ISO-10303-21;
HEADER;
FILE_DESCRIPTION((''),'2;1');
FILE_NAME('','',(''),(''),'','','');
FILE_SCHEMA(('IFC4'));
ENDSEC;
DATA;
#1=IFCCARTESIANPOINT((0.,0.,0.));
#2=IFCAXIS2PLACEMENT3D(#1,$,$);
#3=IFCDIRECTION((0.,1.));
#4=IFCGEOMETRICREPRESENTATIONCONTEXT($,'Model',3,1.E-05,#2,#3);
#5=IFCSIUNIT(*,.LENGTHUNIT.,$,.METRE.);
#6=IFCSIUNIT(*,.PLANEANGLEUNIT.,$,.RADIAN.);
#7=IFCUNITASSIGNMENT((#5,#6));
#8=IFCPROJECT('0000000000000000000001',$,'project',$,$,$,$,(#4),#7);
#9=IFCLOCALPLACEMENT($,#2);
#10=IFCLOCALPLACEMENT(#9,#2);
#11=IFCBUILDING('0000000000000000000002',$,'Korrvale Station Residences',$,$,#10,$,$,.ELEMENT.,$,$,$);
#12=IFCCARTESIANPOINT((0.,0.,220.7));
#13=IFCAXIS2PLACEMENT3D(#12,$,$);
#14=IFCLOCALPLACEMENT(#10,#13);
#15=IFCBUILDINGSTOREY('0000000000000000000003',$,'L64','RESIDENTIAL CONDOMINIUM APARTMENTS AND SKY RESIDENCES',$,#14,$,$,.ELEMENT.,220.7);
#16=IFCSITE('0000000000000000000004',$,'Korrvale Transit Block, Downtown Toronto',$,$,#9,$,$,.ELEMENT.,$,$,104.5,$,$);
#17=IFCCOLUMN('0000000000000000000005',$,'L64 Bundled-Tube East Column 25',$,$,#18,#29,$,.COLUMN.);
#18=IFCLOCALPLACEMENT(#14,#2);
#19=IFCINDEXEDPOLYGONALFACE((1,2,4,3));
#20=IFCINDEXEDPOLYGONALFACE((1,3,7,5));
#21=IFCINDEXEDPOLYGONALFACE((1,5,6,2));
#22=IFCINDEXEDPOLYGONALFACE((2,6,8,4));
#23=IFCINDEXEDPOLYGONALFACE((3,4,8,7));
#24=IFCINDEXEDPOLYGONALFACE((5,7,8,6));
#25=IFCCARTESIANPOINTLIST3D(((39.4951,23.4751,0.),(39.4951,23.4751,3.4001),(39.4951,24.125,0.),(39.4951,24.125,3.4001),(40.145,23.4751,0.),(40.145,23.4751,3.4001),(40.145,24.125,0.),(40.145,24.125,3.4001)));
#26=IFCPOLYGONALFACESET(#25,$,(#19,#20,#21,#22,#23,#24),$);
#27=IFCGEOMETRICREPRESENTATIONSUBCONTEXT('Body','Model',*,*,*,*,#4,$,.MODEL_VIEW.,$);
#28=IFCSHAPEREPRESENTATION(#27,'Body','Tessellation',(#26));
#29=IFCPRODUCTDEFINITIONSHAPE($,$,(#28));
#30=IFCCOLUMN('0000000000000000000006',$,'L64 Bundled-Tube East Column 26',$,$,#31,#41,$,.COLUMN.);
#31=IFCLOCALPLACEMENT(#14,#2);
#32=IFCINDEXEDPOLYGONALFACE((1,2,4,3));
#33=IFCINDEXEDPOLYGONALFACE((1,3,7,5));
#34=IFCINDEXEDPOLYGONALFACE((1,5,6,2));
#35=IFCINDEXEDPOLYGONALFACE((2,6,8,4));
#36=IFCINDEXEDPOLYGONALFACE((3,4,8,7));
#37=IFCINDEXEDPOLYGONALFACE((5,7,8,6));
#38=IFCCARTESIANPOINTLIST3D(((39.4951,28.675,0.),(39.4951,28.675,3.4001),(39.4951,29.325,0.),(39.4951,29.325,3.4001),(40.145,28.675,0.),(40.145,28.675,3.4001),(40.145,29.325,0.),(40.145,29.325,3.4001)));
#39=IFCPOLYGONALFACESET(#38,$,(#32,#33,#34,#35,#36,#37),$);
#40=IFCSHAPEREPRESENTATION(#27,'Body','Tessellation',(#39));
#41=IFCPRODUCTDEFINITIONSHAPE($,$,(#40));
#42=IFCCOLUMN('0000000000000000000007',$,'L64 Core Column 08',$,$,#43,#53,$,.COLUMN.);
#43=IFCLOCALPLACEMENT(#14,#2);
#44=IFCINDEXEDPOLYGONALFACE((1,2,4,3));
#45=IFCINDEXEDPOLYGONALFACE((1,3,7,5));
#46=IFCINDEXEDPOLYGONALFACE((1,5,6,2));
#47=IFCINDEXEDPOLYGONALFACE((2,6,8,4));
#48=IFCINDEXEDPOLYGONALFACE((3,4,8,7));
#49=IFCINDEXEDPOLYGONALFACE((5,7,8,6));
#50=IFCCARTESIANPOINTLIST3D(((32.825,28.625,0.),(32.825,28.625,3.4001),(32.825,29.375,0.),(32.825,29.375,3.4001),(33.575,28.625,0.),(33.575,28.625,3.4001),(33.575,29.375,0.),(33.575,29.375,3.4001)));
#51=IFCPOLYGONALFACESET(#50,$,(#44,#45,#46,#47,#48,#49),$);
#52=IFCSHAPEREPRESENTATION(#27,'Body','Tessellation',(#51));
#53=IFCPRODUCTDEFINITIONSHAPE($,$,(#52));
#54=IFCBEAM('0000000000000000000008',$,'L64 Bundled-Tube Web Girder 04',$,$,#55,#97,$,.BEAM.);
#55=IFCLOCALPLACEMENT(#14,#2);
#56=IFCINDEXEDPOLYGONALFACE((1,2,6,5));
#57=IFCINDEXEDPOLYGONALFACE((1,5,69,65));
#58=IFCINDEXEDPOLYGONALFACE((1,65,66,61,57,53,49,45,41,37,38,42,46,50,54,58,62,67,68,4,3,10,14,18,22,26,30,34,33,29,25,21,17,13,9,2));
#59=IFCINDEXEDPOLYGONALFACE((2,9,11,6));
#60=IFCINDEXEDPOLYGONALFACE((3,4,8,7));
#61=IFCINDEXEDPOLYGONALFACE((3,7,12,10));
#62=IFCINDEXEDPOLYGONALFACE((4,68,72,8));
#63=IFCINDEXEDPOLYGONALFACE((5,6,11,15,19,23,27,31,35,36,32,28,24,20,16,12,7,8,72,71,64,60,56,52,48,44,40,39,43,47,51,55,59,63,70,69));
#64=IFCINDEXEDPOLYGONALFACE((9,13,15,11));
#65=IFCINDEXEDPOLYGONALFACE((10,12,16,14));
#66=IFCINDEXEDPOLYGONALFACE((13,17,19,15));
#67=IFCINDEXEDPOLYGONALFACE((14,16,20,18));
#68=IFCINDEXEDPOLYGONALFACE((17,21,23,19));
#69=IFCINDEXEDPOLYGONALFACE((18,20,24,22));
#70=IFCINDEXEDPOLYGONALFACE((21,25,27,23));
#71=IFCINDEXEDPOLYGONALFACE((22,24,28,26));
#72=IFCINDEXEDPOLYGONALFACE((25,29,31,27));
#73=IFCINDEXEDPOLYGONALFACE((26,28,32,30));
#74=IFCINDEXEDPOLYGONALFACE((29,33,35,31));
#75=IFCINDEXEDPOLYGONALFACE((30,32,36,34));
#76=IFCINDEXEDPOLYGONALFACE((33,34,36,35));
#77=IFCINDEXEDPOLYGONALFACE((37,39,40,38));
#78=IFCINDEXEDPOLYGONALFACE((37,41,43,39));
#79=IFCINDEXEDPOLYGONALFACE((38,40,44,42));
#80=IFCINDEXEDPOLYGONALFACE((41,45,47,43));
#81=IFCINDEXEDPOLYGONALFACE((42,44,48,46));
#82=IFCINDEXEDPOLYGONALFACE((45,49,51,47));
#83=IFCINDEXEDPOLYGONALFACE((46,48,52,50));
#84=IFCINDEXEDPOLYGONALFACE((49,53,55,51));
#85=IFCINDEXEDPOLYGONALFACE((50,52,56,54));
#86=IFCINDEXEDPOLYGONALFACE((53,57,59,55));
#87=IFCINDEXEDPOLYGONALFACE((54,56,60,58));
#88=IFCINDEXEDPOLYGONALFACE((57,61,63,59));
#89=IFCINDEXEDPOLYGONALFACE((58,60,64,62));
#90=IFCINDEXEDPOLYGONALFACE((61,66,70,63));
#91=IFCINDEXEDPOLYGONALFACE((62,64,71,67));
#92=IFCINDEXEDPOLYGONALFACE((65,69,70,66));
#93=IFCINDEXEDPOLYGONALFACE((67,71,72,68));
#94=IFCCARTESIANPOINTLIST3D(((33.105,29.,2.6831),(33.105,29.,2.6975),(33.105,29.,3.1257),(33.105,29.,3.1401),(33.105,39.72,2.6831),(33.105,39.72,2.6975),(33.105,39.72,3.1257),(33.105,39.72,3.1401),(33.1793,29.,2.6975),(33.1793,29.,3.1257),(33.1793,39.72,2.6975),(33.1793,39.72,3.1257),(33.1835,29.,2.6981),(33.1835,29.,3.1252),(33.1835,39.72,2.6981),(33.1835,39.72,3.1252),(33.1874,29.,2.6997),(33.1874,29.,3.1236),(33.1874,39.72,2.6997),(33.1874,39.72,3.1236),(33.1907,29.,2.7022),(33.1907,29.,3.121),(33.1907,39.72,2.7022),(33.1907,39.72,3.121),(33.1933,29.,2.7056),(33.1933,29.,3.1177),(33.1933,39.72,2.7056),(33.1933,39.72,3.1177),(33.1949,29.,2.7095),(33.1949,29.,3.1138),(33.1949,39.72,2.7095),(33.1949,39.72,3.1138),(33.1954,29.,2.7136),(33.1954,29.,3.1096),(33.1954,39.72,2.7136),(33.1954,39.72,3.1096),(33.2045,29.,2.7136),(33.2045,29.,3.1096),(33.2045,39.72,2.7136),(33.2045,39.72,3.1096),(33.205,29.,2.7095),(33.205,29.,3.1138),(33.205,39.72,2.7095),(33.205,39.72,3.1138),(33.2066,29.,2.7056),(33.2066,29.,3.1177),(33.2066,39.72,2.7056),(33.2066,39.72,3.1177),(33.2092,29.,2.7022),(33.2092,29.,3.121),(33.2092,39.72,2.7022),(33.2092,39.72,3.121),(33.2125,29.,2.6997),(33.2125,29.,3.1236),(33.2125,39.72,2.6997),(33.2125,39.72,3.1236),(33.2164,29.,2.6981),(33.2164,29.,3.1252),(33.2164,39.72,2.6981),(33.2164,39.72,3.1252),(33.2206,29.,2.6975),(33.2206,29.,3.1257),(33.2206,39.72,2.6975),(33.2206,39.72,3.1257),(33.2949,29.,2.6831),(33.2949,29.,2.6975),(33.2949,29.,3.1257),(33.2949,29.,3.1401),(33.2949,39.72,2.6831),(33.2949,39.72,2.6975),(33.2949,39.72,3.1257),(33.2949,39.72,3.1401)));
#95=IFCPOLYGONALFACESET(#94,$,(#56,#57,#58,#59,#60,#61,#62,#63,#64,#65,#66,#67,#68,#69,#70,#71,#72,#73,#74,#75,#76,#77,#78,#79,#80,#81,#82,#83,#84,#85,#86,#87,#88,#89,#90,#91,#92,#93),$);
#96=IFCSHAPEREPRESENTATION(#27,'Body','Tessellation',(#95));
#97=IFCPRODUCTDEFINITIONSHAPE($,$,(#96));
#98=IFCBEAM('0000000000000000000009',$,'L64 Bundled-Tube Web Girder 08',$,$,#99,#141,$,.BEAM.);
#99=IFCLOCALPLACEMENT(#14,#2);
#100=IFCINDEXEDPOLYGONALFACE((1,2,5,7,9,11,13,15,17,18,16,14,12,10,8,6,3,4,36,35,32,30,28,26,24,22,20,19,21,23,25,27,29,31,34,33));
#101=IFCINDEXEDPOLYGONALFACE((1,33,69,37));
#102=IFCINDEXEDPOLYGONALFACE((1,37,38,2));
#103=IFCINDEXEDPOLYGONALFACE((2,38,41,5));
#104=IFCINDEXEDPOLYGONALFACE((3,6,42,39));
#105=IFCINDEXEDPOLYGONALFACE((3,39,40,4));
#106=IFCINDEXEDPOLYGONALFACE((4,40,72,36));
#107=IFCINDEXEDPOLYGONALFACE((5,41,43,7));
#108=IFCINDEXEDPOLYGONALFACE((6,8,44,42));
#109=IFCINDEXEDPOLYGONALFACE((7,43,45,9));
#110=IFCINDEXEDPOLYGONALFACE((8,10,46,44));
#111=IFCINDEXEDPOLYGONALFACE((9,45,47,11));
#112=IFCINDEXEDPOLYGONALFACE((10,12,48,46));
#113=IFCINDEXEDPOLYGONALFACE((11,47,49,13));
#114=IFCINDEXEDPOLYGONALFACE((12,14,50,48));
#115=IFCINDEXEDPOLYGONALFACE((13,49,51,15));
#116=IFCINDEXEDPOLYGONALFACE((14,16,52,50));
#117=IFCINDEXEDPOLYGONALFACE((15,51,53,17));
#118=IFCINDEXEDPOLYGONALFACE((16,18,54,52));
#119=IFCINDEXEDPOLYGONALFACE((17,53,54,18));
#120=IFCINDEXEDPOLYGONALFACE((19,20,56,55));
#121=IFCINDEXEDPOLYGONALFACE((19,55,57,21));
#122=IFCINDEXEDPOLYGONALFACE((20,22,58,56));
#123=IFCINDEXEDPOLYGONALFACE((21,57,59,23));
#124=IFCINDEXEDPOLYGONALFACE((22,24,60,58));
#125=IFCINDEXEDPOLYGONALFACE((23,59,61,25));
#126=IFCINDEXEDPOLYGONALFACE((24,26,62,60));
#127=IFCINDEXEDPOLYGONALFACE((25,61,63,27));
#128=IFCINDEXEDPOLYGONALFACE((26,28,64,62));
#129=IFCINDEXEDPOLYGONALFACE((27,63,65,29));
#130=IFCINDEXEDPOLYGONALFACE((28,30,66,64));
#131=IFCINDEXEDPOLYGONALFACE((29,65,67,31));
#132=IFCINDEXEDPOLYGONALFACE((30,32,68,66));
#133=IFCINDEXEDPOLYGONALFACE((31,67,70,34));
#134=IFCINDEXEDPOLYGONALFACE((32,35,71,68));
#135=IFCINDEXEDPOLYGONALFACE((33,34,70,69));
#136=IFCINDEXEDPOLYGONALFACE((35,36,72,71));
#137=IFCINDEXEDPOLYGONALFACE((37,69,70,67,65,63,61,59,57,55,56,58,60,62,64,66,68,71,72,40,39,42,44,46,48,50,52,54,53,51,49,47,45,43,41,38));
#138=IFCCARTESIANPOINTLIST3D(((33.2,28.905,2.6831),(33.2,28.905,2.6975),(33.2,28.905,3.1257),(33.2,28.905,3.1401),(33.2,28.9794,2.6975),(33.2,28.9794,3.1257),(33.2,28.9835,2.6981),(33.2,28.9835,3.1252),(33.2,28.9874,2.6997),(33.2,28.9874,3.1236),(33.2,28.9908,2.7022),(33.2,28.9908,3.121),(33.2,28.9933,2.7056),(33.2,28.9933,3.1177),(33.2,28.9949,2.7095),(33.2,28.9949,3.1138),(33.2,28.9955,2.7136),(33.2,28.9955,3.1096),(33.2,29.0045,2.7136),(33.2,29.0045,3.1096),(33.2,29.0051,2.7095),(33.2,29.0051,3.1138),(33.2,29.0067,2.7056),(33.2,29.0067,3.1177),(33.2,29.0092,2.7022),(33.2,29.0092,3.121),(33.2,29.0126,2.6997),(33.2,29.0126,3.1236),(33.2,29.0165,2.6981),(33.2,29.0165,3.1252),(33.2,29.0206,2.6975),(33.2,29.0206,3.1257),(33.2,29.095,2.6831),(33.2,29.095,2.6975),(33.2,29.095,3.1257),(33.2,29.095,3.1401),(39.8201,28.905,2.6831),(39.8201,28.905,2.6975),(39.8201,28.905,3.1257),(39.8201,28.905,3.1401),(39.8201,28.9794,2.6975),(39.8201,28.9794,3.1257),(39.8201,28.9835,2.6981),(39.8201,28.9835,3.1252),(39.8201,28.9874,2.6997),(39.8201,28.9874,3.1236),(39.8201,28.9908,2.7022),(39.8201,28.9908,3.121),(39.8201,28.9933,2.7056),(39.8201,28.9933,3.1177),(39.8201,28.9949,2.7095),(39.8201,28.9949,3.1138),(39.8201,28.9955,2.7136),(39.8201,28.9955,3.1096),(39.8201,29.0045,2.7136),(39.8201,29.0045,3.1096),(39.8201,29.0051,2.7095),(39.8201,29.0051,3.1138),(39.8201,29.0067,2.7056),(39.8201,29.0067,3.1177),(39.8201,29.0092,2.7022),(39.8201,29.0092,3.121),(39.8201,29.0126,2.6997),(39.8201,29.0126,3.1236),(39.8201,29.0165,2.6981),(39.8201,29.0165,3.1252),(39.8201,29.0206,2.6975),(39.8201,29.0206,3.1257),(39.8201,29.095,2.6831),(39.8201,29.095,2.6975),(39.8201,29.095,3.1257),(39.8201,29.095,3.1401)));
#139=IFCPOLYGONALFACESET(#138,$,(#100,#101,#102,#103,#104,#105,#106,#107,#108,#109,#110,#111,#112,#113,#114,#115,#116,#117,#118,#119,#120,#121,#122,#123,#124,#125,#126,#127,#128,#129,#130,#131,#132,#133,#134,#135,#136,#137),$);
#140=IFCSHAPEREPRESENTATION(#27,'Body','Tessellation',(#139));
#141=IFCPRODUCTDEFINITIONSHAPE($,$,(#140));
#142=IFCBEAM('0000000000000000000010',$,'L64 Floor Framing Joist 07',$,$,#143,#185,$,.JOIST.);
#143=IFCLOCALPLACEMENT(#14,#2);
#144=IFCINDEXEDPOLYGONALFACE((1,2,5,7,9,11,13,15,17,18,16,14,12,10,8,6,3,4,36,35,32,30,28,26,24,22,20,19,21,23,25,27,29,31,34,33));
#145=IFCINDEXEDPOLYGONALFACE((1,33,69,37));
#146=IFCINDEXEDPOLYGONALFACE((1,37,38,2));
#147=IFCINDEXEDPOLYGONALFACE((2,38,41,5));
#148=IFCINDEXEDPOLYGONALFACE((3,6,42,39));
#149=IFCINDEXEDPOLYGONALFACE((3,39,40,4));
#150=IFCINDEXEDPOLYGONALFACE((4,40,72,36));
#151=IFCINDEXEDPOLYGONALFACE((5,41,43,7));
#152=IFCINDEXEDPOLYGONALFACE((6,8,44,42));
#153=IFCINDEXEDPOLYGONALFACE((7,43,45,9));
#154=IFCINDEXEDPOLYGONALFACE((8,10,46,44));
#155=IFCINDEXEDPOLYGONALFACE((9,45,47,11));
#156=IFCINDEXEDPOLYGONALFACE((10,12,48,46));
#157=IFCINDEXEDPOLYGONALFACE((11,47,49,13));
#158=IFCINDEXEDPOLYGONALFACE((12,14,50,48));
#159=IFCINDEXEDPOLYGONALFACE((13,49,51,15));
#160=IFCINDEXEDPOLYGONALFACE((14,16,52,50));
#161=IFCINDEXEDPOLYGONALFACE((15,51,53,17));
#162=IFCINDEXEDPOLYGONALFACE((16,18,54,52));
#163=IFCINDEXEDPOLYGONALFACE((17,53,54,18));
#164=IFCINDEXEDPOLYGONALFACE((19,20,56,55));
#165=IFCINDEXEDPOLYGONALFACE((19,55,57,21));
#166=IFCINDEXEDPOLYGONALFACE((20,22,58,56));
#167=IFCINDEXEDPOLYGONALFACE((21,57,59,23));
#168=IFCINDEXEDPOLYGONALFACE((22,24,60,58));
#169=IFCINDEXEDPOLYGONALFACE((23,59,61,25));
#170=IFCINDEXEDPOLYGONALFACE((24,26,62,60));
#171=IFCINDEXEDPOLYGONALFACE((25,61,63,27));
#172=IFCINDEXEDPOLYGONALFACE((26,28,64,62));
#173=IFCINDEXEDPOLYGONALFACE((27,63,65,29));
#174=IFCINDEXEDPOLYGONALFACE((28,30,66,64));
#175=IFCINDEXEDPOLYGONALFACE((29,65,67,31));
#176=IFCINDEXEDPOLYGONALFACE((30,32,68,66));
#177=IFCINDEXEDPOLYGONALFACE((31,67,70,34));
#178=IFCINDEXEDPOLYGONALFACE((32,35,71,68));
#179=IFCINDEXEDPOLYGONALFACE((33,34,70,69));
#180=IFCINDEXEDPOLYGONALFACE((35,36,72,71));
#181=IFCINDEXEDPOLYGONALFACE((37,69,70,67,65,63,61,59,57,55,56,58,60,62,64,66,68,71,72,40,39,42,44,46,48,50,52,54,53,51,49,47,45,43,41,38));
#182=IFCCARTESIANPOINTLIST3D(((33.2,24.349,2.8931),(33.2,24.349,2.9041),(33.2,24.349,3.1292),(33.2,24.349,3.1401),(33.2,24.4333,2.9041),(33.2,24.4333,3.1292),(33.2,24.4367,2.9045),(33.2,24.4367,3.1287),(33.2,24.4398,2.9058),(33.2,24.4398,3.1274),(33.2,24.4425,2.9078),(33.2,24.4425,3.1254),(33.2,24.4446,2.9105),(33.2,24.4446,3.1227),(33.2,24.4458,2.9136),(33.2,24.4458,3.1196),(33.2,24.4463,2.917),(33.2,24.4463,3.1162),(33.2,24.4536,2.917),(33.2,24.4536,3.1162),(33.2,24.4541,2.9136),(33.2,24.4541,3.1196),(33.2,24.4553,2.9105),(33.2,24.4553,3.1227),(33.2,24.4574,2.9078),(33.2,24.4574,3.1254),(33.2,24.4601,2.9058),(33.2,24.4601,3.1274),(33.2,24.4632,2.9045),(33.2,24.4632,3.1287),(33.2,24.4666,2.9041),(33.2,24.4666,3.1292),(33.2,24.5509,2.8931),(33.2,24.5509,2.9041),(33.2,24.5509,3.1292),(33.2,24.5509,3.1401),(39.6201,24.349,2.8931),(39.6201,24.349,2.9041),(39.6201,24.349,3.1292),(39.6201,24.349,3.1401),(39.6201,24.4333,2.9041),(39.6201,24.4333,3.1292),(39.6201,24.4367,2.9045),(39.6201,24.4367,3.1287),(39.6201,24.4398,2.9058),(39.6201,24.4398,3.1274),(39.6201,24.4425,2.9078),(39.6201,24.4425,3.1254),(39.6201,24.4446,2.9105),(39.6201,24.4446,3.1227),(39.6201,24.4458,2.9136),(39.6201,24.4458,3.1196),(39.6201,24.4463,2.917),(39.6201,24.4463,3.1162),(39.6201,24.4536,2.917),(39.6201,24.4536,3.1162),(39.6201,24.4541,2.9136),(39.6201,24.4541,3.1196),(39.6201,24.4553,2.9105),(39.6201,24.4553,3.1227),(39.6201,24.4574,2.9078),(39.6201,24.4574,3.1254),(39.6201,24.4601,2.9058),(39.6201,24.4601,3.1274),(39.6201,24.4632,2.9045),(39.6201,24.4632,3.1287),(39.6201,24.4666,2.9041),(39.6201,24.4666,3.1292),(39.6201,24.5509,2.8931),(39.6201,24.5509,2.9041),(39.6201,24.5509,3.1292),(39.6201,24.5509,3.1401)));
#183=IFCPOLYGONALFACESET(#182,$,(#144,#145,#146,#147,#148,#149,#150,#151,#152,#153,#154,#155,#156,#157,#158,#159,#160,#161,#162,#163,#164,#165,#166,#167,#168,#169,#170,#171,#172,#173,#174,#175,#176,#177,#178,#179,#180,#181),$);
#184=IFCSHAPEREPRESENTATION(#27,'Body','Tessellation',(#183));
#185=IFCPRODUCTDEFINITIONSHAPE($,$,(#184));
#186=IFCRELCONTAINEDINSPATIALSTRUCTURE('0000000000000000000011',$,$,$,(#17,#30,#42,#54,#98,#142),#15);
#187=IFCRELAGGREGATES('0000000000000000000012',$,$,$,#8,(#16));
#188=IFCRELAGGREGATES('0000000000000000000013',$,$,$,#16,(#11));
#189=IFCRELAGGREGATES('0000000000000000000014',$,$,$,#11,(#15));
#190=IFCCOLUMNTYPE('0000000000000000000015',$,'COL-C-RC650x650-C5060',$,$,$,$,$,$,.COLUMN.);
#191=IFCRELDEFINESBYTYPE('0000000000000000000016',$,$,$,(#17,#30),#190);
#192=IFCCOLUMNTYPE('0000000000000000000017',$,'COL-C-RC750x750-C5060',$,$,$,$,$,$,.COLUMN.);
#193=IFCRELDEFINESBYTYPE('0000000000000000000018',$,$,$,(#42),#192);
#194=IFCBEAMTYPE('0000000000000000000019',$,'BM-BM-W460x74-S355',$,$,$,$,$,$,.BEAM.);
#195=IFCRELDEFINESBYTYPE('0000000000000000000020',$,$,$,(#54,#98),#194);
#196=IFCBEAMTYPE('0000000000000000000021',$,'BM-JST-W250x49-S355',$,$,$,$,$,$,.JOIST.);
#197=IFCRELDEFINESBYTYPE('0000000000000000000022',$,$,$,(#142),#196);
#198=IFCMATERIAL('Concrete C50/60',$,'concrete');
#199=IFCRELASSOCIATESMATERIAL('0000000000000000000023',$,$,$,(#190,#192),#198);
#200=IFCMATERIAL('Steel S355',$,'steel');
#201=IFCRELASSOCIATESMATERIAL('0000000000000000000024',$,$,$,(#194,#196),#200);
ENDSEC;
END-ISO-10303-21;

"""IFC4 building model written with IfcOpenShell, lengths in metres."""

from ifc_helpers import new_model, si_unit, direction, frame, origin, origin_2d, place, context, subcontext, project, spatial, rectangle, i_section, extrude, material, material_profile, profile_set, type_object, element, save


model = new_model("IFC4")

# Units and contexts
model_context = context("Model", 3, precision=1e-05, world=origin(), true_north=direction((0.0, 1.0)))
body_context = subcontext(model_context, "Body", "Model", "MODEL_VIEW")
ifc_project = project(units=[si_unit("LENGTHUNIT", "METRE"), si_unit("PLANEANGLEUNIT", "RADIAN")], contexts=[model_context])

# Site, building, storey
site_placement = place(None, origin())
site = spatial("IfcSite", under=ifc_project, at=site_placement, Name="Korrvale Transit Block, Downtown Toronto", CompositionType="ELEMENT", RefElevation=104.5)
building_placement = place(site_placement, origin())
building = spatial("IfcBuilding", under=site, at=building_placement, Name="Korrvale Station Residences", CompositionType="ELEMENT")
storey_placement = place(building_placement, frame((0.0, 0.0, 220.7)))
storey = spatial("IfcBuildingStorey", under=building, at=storey_placement, Name="L64", Description="RESIDENTIAL CONDOMINIUM APARTMENTS AND SKY RESIDENCES", CompositionType="ELEMENT", Elevation=220.7)

# Columns
ifc_material_1 = material(Name="Concrete C50/60", Category="concrete")
ifc_material_profile_1 = material_profile(ifc_material_1, rectangle(XDim=0.6499, YDim=0.6499, at=origin_2d()), Name="RC650x650")
ifc_profile_set_1 = profile_set([ifc_material_profile_1], Name="Concrete C50/60")
column_type_1 = type_object("IfcColumnType", Name="COL-C-RC650x650-C5060", PredefinedType="COLUMN", material=ifc_profile_set_1)
for number, where, z_axis, x_axis, name in (
    (1, (39.8201, 23.8, 0.0), (0.0, 0.0, 1.0), (1.0, 0.0, 0.0), "L64 Bundled-Tube East Column 25"),
    (2, (39.8201, 29.0, 0.0), (0.0, 0.0, 1.0), (1.0, 0.0, 0.0), "L64 Bundled-Tube East Column 26"),
):
    element("IfcColumn", number, at=place(storey_placement, frame(where, z_axis=z_axis, x_axis=x_axis)), inside=storey, type_object=column_type_1, Name=name, PredefinedType="COLUMN", context=body_context, shape_type="SweptSolid", body=[
        extrude(rectangle(XDim=0.6499, YDim=0.6499, at=origin_2d()), origin(), (0.0, 0.0, 1.0), 3.4001),
    ])
ifc_material_profile_2 = material_profile(ifc_material_1, rectangle(XDim=0.75, YDim=0.75, at=origin_2d()), Name="RC750x750")
ifc_profile_set_2 = profile_set([ifc_material_profile_2], Name="Concrete C50/60")
column_type_2 = type_object("IfcColumnType", Name="COL-C-RC750x750-C5060", PredefinedType="COLUMN", material=ifc_profile_set_2)
column_placement = place(storey_placement, frame((33.2, 29.0, 0.0), z_axis=(0.0, 0.0, 1.0), x_axis=(1.0, 0.0, 0.0)))
element("IfcColumn", 3, at=column_placement, inside=storey, type_object=column_type_2, Name="L64 Core Column 08", PredefinedType="COLUMN", context=body_context, shape_type="SweptSolid", body=[
    extrude(rectangle(XDim=0.75, YDim=0.75, at=origin_2d()), origin(), (0.0, 0.0, 1.0), 3.4001),
])

# Beams
ifc_material_2 = material(Name="Steel S355", Category="steel")
ifc_material_profile_3 = material_profile(ifc_material_2, i_section(OverallWidth=0.1899, OverallDepth=0.457, WebThickness=0.009, FlangeThickness=0.0144, FilletRadius=0.0161, at=origin_2d()), Name="W460x74")
ifc_profile_set_3 = profile_set([ifc_material_profile_3], Name="Steel S355")
beam_type_1 = type_object("IfcBeamType", Name="BM-BM-W460x74-S355", PredefinedType="BEAM", material=ifc_profile_set_3)
beam_1_placement = place(storey_placement, frame((33.2, 29.0, 2.9116), z_axis=(0.0, 1.0, 0.0), x_axis=(-1.0, 0.0, 0.0)))
element("IfcBeam", 4, at=beam_1_placement, inside=storey, type_object=beam_type_1, Name="L64 Bundled-Tube Web Girder 04", PredefinedType="BEAM", context=body_context, shape_type="SweptSolid", body=[
    extrude(i_section(OverallWidth=0.1899, OverallDepth=0.457, WebThickness=0.009, FlangeThickness=0.0144, FilletRadius=0.0161, at=origin_2d()), origin(), (0.0, 0.0, 1.0), 10.72),
])
beam_2_placement = place(storey_placement, frame((33.2, 29.0, 2.9116), z_axis=(1.0, 0.0, 0.0), x_axis=(0.0, 1.0, 0.0)))
element("IfcBeam", 5, at=beam_2_placement, inside=storey, type_object=beam_type_1, Name="L64 Bundled-Tube Web Girder 08", PredefinedType="BEAM", context=body_context, shape_type="SweptSolid", body=[
    extrude(i_section(OverallWidth=0.1899, OverallDepth=0.457, WebThickness=0.009, FlangeThickness=0.0144, FilletRadius=0.0161, at=origin_2d()), origin(), (0.0, 0.0, 1.0), 6.6201),
])
ifc_material_profile_4 = material_profile(ifc_material_2, i_section(OverallWidth=0.2019, OverallDepth=0.2471, WebThickness=0.0073, FlangeThickness=0.011, FilletRadius=0.0129, at=origin_2d()), Name="W250x49")
ifc_profile_set_4 = profile_set([ifc_material_profile_4], Name="Steel S355")
beam_type_2 = type_object("IfcBeamType", Name="BM-JST-W250x49-S355", PredefinedType="JOIST", material=ifc_profile_set_4)
beam_3_placement = place(storey_placement, frame((33.2, 24.45, 3.0166), z_axis=(1.0, 0.0, 0.0), x_axis=(0.0, 1.0, 0.0)))
element("IfcBeam", 6, at=beam_3_placement, inside=storey, type_object=beam_type_2, Name="L64 Floor Framing Joist 07", PredefinedType="JOIST", context=body_context, shape_type="SweptSolid", body=[
    extrude(i_section(OverallWidth=0.2019, OverallDepth=0.2471, WebThickness=0.0073, FlangeThickness=0.011, FilletRadius=0.0129, at=origin_2d()), origin(), (0.0, 0.0, 1.0), 6.4202),
])

save(model, "model.ifc")
